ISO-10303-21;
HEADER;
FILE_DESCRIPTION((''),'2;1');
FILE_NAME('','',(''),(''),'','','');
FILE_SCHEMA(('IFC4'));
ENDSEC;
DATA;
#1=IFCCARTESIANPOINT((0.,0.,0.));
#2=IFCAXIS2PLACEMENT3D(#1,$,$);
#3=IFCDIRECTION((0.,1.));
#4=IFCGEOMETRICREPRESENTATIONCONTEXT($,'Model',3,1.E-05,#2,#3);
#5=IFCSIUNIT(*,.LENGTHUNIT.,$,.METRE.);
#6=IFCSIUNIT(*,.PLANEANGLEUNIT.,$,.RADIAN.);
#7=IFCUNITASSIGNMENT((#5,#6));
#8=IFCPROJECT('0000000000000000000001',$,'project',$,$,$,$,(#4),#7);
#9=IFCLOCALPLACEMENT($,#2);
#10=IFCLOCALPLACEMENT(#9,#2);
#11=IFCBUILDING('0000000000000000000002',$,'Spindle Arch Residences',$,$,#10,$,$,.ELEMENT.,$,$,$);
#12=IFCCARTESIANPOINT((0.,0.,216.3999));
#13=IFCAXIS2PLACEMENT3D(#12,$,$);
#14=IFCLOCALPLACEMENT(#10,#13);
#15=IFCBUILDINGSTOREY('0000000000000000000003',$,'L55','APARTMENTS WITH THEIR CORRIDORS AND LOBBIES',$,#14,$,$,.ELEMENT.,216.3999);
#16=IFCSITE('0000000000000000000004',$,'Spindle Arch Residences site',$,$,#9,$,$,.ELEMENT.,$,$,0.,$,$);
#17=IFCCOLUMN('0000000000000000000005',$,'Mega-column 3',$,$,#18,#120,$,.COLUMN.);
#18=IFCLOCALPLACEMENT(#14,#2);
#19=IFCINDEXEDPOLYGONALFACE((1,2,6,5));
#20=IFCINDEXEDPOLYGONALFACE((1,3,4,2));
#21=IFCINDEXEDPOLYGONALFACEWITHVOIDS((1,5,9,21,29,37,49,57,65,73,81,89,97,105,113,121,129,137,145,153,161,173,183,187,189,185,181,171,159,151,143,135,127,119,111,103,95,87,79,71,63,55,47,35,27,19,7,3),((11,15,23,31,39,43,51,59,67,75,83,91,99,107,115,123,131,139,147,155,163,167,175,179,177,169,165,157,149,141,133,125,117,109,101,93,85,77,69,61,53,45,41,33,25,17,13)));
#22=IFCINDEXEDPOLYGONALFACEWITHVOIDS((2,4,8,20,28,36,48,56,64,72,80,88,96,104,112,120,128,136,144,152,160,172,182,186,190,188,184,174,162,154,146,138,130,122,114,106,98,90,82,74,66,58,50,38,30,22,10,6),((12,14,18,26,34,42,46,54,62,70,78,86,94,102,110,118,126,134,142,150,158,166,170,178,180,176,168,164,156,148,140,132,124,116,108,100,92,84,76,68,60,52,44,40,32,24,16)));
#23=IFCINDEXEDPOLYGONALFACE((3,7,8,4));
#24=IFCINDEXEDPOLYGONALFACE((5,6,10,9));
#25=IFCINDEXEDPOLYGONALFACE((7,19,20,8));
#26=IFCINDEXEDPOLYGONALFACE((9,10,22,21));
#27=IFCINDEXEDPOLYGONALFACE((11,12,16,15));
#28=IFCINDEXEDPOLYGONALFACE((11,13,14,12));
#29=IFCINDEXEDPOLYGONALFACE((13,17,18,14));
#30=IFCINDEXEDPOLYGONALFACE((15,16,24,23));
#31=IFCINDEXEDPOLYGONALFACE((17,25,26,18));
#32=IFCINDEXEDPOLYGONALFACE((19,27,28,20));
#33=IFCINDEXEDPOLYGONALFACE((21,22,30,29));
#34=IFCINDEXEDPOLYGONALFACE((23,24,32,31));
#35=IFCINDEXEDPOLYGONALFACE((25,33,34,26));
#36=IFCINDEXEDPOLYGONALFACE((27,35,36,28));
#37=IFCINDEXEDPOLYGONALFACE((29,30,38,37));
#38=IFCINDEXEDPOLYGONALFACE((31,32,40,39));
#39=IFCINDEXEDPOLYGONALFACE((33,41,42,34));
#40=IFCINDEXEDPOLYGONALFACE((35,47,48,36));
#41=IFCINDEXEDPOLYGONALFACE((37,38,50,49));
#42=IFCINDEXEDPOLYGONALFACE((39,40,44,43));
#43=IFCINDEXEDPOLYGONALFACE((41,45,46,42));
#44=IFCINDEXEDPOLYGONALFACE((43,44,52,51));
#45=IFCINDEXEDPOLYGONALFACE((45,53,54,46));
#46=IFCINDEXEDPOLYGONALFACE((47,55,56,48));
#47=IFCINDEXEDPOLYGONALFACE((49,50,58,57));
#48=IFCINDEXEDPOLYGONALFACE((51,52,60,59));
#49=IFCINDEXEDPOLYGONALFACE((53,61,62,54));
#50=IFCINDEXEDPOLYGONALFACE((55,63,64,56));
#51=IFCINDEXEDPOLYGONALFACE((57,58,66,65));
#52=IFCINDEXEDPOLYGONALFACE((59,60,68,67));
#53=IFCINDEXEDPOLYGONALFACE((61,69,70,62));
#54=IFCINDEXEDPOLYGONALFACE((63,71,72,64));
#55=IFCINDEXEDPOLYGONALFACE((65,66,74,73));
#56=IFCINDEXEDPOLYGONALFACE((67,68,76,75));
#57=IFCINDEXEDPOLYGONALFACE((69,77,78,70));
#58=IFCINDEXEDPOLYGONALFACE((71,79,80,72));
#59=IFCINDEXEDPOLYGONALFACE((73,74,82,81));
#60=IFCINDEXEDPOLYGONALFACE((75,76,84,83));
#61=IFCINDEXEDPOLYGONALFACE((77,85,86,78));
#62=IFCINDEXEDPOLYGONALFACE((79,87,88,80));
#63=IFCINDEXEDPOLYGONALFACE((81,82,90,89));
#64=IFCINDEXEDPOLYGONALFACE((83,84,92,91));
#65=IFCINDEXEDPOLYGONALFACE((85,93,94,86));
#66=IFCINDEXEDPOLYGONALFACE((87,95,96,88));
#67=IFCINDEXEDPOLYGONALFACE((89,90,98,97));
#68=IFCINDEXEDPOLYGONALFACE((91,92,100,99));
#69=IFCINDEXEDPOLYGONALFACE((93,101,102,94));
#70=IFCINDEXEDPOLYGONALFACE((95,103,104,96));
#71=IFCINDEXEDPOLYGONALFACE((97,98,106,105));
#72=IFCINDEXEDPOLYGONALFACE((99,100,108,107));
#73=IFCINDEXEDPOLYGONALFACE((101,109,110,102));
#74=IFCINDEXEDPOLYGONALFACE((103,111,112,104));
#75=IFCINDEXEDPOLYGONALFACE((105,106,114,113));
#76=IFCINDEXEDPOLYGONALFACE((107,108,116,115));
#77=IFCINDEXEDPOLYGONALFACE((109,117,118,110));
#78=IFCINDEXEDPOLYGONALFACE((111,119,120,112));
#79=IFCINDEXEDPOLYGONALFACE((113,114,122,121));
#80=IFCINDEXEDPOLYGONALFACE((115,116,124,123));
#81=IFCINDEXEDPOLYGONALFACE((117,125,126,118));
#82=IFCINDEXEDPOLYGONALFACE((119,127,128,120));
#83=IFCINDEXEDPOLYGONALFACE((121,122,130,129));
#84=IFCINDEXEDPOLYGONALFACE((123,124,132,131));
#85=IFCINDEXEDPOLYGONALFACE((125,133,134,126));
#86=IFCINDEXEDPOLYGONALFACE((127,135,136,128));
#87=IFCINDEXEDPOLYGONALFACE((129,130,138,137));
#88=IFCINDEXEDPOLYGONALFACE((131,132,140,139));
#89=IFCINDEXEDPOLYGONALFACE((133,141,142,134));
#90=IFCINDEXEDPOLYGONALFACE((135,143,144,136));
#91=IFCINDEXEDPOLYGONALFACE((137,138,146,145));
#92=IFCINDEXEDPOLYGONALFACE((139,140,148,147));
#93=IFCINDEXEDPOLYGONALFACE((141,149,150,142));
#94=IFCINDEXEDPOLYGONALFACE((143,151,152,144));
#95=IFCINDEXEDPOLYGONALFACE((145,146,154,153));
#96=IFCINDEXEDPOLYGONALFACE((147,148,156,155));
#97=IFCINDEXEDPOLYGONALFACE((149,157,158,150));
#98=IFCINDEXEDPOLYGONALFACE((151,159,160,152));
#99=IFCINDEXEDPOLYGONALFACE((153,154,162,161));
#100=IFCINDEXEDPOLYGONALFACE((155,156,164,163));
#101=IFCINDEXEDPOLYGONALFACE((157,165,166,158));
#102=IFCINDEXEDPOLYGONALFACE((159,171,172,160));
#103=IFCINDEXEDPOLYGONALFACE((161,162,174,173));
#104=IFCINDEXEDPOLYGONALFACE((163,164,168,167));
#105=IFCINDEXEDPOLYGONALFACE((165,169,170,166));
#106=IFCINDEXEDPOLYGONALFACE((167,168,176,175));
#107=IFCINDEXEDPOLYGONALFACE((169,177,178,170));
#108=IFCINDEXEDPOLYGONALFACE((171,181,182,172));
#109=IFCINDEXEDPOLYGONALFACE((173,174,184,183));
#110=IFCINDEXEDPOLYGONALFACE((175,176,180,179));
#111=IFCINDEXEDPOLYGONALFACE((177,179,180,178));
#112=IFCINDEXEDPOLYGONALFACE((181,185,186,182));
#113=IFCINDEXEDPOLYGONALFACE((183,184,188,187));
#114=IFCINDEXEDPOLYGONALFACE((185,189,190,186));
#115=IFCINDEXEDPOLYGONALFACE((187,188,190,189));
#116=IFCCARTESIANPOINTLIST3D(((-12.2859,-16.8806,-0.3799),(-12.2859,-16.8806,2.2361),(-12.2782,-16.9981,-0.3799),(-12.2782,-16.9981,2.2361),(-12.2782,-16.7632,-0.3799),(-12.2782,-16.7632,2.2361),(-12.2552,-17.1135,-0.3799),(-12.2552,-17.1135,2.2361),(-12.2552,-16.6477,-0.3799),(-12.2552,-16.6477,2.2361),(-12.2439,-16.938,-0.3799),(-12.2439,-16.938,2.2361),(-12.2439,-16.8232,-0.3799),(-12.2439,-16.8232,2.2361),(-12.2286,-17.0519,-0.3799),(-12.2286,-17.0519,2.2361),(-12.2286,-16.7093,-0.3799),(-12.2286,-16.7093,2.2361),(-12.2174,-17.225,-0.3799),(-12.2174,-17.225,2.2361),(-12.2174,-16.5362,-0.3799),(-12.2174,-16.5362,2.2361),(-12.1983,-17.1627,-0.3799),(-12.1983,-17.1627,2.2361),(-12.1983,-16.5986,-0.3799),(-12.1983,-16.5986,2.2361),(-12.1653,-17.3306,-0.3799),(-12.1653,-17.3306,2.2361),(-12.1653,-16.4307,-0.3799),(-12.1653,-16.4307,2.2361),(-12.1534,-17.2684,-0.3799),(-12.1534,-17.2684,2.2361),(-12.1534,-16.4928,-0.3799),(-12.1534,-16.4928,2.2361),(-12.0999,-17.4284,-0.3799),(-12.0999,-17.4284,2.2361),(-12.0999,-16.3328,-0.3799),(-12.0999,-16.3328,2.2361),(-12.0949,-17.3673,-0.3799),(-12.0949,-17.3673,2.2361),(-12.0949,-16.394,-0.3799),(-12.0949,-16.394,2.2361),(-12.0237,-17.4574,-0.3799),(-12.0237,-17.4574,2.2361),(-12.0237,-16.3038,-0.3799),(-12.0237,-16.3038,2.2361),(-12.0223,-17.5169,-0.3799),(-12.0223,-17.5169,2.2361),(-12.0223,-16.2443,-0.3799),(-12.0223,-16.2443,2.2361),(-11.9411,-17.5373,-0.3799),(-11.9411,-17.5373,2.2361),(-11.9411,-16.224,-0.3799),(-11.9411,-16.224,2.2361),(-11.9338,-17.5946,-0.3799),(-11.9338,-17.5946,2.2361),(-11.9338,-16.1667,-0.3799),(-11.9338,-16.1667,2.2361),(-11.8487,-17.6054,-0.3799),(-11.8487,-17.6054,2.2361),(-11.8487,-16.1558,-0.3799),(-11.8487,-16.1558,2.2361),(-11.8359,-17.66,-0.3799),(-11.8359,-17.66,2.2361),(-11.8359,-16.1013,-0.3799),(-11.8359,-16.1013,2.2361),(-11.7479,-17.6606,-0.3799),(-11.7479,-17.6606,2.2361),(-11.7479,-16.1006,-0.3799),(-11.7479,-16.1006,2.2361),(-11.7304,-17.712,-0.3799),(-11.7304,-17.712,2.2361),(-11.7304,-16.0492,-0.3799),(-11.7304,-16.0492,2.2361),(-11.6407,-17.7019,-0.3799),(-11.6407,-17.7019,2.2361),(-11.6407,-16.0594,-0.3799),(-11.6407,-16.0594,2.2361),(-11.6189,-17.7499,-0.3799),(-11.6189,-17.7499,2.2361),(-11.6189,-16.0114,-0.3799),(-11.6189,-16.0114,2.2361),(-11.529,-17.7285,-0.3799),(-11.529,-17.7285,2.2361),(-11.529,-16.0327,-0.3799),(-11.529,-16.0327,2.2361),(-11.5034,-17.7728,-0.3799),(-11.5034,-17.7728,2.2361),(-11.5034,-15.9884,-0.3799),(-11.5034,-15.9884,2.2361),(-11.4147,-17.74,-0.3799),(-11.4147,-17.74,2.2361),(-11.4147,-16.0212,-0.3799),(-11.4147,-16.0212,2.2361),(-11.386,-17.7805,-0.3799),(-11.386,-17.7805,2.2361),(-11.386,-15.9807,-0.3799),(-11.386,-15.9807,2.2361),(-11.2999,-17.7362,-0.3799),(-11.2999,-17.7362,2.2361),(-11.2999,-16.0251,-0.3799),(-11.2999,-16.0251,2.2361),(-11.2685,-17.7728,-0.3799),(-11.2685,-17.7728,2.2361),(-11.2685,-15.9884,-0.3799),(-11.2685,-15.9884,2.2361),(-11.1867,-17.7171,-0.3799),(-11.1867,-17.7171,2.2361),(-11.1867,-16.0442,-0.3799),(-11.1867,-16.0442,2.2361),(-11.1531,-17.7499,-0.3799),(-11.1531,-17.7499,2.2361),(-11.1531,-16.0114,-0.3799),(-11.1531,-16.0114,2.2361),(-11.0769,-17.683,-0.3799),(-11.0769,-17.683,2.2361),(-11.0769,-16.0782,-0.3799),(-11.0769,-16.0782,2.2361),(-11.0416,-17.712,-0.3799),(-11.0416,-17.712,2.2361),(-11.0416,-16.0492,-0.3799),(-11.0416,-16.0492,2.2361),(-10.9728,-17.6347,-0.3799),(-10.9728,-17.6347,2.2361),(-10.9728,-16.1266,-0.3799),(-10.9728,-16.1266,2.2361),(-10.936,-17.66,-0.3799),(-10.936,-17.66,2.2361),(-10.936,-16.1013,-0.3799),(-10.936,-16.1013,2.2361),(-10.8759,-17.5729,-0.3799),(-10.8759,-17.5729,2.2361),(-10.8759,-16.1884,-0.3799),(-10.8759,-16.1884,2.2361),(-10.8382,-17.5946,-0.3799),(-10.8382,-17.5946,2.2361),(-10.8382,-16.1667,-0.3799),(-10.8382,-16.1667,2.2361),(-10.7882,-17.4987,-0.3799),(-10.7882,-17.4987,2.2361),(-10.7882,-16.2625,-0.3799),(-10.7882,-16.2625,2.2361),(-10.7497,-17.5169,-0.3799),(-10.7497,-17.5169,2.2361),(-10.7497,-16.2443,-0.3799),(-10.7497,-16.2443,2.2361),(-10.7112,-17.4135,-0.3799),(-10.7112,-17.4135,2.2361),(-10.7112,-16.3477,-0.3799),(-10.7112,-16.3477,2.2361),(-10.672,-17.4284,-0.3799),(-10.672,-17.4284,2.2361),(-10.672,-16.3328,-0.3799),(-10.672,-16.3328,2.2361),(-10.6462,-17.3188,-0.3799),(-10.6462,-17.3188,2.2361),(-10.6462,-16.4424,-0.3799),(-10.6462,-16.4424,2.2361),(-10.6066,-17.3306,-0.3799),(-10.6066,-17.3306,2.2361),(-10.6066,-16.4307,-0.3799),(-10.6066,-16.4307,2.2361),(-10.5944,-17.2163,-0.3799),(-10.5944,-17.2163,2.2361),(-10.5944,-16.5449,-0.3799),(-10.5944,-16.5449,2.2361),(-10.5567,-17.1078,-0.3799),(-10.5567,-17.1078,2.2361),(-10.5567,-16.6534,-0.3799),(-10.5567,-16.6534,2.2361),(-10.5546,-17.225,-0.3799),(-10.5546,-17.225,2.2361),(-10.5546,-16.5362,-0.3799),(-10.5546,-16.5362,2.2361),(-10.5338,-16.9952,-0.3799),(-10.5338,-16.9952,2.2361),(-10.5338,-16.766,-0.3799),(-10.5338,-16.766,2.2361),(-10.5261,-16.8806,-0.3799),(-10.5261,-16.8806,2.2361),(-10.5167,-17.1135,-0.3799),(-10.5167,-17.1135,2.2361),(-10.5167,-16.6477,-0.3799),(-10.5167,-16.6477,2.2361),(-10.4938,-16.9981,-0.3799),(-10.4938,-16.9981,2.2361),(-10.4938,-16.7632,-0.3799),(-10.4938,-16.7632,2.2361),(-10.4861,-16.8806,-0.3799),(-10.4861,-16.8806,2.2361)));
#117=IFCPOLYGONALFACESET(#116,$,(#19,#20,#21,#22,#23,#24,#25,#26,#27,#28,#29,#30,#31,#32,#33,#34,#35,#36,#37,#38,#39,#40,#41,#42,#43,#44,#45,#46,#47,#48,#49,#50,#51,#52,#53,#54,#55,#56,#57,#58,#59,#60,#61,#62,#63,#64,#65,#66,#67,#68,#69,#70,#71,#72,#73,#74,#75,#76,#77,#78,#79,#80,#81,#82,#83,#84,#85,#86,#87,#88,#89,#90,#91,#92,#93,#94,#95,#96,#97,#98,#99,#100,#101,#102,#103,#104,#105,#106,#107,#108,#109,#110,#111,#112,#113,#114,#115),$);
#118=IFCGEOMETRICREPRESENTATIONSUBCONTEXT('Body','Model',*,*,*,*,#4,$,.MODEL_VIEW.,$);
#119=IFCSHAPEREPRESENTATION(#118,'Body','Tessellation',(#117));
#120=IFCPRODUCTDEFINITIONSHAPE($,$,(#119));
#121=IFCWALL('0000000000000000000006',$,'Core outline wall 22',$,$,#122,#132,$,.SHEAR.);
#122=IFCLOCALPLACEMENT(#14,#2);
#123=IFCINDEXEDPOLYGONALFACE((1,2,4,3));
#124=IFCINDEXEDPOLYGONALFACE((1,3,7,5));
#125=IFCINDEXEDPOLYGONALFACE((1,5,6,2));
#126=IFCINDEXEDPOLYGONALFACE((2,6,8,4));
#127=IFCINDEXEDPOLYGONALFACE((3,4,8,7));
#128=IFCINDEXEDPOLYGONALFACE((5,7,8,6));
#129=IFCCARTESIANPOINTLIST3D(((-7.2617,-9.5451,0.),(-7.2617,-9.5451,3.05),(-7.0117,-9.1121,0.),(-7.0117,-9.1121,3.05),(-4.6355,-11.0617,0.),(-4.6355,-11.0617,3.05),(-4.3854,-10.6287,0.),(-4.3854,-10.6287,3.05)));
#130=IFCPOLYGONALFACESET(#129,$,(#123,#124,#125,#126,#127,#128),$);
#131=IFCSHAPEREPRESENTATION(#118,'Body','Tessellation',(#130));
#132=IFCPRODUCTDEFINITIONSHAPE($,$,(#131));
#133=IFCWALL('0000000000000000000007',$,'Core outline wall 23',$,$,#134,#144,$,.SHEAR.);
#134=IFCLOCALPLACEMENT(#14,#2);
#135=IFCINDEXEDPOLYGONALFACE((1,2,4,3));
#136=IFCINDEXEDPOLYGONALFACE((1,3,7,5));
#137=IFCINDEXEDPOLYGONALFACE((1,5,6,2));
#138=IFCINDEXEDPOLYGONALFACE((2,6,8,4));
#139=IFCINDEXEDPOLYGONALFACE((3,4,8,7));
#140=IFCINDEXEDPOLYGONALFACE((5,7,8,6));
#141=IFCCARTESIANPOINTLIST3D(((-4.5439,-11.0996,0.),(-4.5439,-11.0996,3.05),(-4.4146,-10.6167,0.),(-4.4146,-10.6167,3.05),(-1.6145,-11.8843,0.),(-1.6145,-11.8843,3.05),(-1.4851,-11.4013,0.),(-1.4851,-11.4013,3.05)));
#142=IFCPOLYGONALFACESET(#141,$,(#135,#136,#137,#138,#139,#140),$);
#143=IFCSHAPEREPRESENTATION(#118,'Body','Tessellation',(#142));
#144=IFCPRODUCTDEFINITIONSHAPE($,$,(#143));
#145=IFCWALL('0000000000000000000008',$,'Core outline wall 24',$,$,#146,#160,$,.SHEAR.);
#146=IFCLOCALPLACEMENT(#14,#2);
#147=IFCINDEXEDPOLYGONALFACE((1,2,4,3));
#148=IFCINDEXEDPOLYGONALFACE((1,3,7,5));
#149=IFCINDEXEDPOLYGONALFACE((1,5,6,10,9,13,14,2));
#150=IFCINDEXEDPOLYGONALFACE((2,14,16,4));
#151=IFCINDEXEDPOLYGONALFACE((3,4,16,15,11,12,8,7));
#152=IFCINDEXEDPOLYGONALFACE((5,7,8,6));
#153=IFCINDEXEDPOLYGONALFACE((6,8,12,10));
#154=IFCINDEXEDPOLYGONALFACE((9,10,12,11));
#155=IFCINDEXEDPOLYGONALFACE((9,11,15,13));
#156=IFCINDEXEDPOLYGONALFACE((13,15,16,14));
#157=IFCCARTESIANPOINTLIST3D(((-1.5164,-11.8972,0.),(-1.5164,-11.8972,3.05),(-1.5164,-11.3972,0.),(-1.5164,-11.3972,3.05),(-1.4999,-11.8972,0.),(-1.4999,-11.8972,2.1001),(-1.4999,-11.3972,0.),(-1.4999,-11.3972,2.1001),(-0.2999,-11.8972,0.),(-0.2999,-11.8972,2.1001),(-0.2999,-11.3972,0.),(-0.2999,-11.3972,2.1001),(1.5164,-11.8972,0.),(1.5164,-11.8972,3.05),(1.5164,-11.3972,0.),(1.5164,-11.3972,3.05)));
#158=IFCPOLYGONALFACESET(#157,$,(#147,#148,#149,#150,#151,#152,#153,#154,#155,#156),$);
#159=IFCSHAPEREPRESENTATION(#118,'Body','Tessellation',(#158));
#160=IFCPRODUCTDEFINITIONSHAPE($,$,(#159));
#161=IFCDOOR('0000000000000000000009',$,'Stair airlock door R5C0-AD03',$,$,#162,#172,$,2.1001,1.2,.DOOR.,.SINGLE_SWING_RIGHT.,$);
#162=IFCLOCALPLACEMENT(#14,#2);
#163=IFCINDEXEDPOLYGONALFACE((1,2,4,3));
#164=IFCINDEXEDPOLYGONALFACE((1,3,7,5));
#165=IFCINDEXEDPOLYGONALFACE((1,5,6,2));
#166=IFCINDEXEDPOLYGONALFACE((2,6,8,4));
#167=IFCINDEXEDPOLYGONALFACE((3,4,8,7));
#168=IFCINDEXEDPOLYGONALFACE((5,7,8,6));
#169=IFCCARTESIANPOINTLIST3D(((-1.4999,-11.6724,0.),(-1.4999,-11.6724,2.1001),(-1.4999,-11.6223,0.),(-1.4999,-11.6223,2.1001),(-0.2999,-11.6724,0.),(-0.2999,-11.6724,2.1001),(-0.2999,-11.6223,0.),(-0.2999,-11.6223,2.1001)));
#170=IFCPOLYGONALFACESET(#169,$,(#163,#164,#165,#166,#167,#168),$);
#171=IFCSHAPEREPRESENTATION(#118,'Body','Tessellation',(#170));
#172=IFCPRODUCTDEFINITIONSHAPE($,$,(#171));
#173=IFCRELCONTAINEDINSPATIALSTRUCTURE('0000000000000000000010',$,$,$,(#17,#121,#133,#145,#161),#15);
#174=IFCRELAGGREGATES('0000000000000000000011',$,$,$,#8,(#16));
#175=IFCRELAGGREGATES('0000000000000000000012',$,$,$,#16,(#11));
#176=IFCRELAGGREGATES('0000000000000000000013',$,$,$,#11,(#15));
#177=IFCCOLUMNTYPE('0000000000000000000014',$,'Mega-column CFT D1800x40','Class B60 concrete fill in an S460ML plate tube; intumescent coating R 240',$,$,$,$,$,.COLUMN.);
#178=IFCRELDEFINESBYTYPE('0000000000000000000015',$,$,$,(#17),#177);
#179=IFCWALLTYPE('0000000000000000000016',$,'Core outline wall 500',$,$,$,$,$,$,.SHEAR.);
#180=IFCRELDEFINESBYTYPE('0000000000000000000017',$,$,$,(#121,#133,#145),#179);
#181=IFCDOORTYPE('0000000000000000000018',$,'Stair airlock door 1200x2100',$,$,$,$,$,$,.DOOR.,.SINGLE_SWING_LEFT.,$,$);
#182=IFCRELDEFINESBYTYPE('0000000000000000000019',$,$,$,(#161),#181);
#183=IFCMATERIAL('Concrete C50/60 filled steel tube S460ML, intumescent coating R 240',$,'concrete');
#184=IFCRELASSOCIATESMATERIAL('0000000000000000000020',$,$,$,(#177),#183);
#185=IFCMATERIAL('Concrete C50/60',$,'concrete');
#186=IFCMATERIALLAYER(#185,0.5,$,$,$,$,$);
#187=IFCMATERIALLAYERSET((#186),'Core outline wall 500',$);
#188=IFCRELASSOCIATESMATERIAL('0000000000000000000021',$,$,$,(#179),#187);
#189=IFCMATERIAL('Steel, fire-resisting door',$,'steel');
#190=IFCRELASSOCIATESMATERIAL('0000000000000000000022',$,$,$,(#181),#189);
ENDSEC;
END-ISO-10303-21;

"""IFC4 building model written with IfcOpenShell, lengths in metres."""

from ifc_helpers import new_model, si_unit, direction, frame, frame_2d, origin, origin_2d, place, context, subcontext, project, spatial, rectangle, hollow_circle, extrude, material, layer, layer_set, material_profile, profile_set, type_object, element, fill, save


model = new_model("IFC4")

# Units and contexts
model_context = context("Model", 3, precision=1e-05, world=origin(), true_north=direction((0.0, 1.0)))
body_context = subcontext(model_context, "Body", "Model", "MODEL_VIEW")
ifc_project = project(units=[si_unit("LENGTHUNIT", "METRE"), si_unit("PLANEANGLEUNIT", "RADIAN")], contexts=[model_context])

# Site, building, storey
site_placement = place(None, origin())
site = spatial("IfcSite", under=ifc_project, at=site_placement, Name="Spindle Arch Residences site", CompositionType="ELEMENT", RefElevation=0.0)
building_placement = place(site_placement, origin())
building = spatial("IfcBuilding", under=site, at=building_placement, Name="Spindle Arch Residences", CompositionType="ELEMENT")
storey_placement = place(building_placement, frame((0.0, 0.0, 216.3999)))
storey = spatial("IfcBuildingStorey", under=building, at=storey_placement, Name="L55", Description="APARTMENTS WITH THEIR CORRIDORS AND LOBBIES", CompositionType="ELEMENT", Elevation=216.3999)

# Column
ifc_material_1 = material(Name="Concrete C50/60 filled steel tube S460ML, intumescent coating R 240", Category="concrete")
ifc_material_profile = material_profile(ifc_material_1, hollow_circle(Radius=0.8999, WallThickness=0.04, at=origin_2d()), Name="CFT D1800x40")
ifc_profile_set = profile_set([ifc_material_profile], Name="Concrete C50/60 filled steel tube S460ML, intumescent coating R 240")
column_type = type_object("IfcColumnType", Name="Mega-column CFT D1800x40", Description="Class B60 concrete fill in an S460ML plate tube; intumescent coating R 240", PredefinedType="COLUMN", material=ifc_profile_set)
column_placement = place(storey_placement, frame((-11.386, -16.8806, -0.3799), z_axis=(0.0, 0.0, 1.0), x_axis=(1.0, 0.0, 0.0)))
element("IfcColumn", 1, at=column_placement, inside=storey, type_object=column_type, Name="Mega-column 3", PredefinedType="COLUMN", context=body_context, shape_type="SweptSolid", body=[
    extrude(hollow_circle(Radius=0.8999, WallThickness=0.04, at=origin_2d()), origin(), (0.0, 0.0, 1.0), 2.616),
])

# Walls
ifc_material_2 = material(Name="Concrete C50/60", Category="concrete")
ifc_layer_1 = layer(ifc_material_2, 0.5)
ifc_layer_set_1 = layer_set([ifc_layer_1], Name="Core outline wall 500")
wall_type_1 = type_object("IfcWallType", Name="Core outline wall 500", PredefinedType="SHEAR", material=ifc_layer_set_1)
for number, where, z_axis, x_axis, name in (
    (2, (-7.1367, -9.3286, 0.0), (0.0, 0.0, 1.0), (0.865975, -0.500087, 0.0), "Core outline wall 22"),
    (3, (-4.4792, -10.8582, 0.0), (0.0, 0.0, 1.0), (0.965948, -0.258735, 0.0), "Core outline wall 23"),
):
    element("IfcWall", number, at=place(storey_placement, frame(where, z_axis=z_axis, x_axis=x_axis)), inside=storey, type_object=wall_type_1, Name=name, PredefinedType="SHEAR", context=body_context, shape_type="SweptSolid", body=[
        extrude(rectangle(XDim=3.0327, YDim=0.5, at=frame_2d((1.5164, 0.0))), origin(), (0.0, 0.0, 1.0), 3.05),
    ])

# Wall, opening, door
wall_1_placement = place(storey_placement, frame((-1.5164, -11.6472, 0.0), z_axis=(0.0, 0.0, 1.0), x_axis=(1.0, 0.0, 0.0)))
wall_1 = element("IfcWall", 4, at=wall_1_placement, inside=storey, type_object=wall_type_1, Name="Core outline wall 24", PredefinedType="SHEAR", context=body_context, shape_type="SweptSolid", body=[
    extrude(rectangle(XDim=3.0327, YDim=0.5, at=frame_2d((1.5164, 0.0))), origin(), (0.0, 0.0, 1.0), 3.05),
])
opening_1_placement = place(wall_1_placement, frame((0.0164, 0.0, 0.0)))
opening_1 = element("IfcOpeningElement", 5, at=opening_1_placement, cuts=wall_1, PredefinedType="OPENING", context=body_context, shape_type="SweptSolid", body=[
    extrude(rectangle(XDim=1.2, YDim=2.1001, at=frame_2d((0.6001, 1.05))), frame((0.0, 0.26, 0.0), z_axis=(0.0, -1.0, 0.0), x_axis=(1.0, 0.0, 0.0)), (0.0, 0.0, 1.0), 0.52),
])
ifc_material_3 = material(Name="Steel, fire-resisting door", Category="steel")
door_type_1 = type_object("IfcDoorType", Name="Stair airlock door 1200x2100", OperationType="SINGLE_SWING_LEFT", PredefinedType="DOOR", material=ifc_material_3)
door_1_placement = place(opening_1_placement, origin())
door_1 = element("IfcDoor", 6, at=door_1_placement, inside=storey, type_object=door_type_1, Name="Stair airlock door R5C0-AD03", OperationType="SINGLE_SWING_RIGHT", OverallHeight=2.1001, OverallWidth=1.2, PredefinedType="DOOR", context=body_context, shape_type="SweptSolid", body=[
    extrude(rectangle(XDim=1.2, YDim=2.1001, at=frame_2d((0.6001, 1.05))), frame((0.0, 0.0249, 0.0), z_axis=(0.0, -1.0, 0.0), x_axis=(1.0, 0.0, 0.0)), (0.0, 0.0, 1.0), 0.05),
])
fill(opening_1, door_1)

save(model, "model.ifc")
